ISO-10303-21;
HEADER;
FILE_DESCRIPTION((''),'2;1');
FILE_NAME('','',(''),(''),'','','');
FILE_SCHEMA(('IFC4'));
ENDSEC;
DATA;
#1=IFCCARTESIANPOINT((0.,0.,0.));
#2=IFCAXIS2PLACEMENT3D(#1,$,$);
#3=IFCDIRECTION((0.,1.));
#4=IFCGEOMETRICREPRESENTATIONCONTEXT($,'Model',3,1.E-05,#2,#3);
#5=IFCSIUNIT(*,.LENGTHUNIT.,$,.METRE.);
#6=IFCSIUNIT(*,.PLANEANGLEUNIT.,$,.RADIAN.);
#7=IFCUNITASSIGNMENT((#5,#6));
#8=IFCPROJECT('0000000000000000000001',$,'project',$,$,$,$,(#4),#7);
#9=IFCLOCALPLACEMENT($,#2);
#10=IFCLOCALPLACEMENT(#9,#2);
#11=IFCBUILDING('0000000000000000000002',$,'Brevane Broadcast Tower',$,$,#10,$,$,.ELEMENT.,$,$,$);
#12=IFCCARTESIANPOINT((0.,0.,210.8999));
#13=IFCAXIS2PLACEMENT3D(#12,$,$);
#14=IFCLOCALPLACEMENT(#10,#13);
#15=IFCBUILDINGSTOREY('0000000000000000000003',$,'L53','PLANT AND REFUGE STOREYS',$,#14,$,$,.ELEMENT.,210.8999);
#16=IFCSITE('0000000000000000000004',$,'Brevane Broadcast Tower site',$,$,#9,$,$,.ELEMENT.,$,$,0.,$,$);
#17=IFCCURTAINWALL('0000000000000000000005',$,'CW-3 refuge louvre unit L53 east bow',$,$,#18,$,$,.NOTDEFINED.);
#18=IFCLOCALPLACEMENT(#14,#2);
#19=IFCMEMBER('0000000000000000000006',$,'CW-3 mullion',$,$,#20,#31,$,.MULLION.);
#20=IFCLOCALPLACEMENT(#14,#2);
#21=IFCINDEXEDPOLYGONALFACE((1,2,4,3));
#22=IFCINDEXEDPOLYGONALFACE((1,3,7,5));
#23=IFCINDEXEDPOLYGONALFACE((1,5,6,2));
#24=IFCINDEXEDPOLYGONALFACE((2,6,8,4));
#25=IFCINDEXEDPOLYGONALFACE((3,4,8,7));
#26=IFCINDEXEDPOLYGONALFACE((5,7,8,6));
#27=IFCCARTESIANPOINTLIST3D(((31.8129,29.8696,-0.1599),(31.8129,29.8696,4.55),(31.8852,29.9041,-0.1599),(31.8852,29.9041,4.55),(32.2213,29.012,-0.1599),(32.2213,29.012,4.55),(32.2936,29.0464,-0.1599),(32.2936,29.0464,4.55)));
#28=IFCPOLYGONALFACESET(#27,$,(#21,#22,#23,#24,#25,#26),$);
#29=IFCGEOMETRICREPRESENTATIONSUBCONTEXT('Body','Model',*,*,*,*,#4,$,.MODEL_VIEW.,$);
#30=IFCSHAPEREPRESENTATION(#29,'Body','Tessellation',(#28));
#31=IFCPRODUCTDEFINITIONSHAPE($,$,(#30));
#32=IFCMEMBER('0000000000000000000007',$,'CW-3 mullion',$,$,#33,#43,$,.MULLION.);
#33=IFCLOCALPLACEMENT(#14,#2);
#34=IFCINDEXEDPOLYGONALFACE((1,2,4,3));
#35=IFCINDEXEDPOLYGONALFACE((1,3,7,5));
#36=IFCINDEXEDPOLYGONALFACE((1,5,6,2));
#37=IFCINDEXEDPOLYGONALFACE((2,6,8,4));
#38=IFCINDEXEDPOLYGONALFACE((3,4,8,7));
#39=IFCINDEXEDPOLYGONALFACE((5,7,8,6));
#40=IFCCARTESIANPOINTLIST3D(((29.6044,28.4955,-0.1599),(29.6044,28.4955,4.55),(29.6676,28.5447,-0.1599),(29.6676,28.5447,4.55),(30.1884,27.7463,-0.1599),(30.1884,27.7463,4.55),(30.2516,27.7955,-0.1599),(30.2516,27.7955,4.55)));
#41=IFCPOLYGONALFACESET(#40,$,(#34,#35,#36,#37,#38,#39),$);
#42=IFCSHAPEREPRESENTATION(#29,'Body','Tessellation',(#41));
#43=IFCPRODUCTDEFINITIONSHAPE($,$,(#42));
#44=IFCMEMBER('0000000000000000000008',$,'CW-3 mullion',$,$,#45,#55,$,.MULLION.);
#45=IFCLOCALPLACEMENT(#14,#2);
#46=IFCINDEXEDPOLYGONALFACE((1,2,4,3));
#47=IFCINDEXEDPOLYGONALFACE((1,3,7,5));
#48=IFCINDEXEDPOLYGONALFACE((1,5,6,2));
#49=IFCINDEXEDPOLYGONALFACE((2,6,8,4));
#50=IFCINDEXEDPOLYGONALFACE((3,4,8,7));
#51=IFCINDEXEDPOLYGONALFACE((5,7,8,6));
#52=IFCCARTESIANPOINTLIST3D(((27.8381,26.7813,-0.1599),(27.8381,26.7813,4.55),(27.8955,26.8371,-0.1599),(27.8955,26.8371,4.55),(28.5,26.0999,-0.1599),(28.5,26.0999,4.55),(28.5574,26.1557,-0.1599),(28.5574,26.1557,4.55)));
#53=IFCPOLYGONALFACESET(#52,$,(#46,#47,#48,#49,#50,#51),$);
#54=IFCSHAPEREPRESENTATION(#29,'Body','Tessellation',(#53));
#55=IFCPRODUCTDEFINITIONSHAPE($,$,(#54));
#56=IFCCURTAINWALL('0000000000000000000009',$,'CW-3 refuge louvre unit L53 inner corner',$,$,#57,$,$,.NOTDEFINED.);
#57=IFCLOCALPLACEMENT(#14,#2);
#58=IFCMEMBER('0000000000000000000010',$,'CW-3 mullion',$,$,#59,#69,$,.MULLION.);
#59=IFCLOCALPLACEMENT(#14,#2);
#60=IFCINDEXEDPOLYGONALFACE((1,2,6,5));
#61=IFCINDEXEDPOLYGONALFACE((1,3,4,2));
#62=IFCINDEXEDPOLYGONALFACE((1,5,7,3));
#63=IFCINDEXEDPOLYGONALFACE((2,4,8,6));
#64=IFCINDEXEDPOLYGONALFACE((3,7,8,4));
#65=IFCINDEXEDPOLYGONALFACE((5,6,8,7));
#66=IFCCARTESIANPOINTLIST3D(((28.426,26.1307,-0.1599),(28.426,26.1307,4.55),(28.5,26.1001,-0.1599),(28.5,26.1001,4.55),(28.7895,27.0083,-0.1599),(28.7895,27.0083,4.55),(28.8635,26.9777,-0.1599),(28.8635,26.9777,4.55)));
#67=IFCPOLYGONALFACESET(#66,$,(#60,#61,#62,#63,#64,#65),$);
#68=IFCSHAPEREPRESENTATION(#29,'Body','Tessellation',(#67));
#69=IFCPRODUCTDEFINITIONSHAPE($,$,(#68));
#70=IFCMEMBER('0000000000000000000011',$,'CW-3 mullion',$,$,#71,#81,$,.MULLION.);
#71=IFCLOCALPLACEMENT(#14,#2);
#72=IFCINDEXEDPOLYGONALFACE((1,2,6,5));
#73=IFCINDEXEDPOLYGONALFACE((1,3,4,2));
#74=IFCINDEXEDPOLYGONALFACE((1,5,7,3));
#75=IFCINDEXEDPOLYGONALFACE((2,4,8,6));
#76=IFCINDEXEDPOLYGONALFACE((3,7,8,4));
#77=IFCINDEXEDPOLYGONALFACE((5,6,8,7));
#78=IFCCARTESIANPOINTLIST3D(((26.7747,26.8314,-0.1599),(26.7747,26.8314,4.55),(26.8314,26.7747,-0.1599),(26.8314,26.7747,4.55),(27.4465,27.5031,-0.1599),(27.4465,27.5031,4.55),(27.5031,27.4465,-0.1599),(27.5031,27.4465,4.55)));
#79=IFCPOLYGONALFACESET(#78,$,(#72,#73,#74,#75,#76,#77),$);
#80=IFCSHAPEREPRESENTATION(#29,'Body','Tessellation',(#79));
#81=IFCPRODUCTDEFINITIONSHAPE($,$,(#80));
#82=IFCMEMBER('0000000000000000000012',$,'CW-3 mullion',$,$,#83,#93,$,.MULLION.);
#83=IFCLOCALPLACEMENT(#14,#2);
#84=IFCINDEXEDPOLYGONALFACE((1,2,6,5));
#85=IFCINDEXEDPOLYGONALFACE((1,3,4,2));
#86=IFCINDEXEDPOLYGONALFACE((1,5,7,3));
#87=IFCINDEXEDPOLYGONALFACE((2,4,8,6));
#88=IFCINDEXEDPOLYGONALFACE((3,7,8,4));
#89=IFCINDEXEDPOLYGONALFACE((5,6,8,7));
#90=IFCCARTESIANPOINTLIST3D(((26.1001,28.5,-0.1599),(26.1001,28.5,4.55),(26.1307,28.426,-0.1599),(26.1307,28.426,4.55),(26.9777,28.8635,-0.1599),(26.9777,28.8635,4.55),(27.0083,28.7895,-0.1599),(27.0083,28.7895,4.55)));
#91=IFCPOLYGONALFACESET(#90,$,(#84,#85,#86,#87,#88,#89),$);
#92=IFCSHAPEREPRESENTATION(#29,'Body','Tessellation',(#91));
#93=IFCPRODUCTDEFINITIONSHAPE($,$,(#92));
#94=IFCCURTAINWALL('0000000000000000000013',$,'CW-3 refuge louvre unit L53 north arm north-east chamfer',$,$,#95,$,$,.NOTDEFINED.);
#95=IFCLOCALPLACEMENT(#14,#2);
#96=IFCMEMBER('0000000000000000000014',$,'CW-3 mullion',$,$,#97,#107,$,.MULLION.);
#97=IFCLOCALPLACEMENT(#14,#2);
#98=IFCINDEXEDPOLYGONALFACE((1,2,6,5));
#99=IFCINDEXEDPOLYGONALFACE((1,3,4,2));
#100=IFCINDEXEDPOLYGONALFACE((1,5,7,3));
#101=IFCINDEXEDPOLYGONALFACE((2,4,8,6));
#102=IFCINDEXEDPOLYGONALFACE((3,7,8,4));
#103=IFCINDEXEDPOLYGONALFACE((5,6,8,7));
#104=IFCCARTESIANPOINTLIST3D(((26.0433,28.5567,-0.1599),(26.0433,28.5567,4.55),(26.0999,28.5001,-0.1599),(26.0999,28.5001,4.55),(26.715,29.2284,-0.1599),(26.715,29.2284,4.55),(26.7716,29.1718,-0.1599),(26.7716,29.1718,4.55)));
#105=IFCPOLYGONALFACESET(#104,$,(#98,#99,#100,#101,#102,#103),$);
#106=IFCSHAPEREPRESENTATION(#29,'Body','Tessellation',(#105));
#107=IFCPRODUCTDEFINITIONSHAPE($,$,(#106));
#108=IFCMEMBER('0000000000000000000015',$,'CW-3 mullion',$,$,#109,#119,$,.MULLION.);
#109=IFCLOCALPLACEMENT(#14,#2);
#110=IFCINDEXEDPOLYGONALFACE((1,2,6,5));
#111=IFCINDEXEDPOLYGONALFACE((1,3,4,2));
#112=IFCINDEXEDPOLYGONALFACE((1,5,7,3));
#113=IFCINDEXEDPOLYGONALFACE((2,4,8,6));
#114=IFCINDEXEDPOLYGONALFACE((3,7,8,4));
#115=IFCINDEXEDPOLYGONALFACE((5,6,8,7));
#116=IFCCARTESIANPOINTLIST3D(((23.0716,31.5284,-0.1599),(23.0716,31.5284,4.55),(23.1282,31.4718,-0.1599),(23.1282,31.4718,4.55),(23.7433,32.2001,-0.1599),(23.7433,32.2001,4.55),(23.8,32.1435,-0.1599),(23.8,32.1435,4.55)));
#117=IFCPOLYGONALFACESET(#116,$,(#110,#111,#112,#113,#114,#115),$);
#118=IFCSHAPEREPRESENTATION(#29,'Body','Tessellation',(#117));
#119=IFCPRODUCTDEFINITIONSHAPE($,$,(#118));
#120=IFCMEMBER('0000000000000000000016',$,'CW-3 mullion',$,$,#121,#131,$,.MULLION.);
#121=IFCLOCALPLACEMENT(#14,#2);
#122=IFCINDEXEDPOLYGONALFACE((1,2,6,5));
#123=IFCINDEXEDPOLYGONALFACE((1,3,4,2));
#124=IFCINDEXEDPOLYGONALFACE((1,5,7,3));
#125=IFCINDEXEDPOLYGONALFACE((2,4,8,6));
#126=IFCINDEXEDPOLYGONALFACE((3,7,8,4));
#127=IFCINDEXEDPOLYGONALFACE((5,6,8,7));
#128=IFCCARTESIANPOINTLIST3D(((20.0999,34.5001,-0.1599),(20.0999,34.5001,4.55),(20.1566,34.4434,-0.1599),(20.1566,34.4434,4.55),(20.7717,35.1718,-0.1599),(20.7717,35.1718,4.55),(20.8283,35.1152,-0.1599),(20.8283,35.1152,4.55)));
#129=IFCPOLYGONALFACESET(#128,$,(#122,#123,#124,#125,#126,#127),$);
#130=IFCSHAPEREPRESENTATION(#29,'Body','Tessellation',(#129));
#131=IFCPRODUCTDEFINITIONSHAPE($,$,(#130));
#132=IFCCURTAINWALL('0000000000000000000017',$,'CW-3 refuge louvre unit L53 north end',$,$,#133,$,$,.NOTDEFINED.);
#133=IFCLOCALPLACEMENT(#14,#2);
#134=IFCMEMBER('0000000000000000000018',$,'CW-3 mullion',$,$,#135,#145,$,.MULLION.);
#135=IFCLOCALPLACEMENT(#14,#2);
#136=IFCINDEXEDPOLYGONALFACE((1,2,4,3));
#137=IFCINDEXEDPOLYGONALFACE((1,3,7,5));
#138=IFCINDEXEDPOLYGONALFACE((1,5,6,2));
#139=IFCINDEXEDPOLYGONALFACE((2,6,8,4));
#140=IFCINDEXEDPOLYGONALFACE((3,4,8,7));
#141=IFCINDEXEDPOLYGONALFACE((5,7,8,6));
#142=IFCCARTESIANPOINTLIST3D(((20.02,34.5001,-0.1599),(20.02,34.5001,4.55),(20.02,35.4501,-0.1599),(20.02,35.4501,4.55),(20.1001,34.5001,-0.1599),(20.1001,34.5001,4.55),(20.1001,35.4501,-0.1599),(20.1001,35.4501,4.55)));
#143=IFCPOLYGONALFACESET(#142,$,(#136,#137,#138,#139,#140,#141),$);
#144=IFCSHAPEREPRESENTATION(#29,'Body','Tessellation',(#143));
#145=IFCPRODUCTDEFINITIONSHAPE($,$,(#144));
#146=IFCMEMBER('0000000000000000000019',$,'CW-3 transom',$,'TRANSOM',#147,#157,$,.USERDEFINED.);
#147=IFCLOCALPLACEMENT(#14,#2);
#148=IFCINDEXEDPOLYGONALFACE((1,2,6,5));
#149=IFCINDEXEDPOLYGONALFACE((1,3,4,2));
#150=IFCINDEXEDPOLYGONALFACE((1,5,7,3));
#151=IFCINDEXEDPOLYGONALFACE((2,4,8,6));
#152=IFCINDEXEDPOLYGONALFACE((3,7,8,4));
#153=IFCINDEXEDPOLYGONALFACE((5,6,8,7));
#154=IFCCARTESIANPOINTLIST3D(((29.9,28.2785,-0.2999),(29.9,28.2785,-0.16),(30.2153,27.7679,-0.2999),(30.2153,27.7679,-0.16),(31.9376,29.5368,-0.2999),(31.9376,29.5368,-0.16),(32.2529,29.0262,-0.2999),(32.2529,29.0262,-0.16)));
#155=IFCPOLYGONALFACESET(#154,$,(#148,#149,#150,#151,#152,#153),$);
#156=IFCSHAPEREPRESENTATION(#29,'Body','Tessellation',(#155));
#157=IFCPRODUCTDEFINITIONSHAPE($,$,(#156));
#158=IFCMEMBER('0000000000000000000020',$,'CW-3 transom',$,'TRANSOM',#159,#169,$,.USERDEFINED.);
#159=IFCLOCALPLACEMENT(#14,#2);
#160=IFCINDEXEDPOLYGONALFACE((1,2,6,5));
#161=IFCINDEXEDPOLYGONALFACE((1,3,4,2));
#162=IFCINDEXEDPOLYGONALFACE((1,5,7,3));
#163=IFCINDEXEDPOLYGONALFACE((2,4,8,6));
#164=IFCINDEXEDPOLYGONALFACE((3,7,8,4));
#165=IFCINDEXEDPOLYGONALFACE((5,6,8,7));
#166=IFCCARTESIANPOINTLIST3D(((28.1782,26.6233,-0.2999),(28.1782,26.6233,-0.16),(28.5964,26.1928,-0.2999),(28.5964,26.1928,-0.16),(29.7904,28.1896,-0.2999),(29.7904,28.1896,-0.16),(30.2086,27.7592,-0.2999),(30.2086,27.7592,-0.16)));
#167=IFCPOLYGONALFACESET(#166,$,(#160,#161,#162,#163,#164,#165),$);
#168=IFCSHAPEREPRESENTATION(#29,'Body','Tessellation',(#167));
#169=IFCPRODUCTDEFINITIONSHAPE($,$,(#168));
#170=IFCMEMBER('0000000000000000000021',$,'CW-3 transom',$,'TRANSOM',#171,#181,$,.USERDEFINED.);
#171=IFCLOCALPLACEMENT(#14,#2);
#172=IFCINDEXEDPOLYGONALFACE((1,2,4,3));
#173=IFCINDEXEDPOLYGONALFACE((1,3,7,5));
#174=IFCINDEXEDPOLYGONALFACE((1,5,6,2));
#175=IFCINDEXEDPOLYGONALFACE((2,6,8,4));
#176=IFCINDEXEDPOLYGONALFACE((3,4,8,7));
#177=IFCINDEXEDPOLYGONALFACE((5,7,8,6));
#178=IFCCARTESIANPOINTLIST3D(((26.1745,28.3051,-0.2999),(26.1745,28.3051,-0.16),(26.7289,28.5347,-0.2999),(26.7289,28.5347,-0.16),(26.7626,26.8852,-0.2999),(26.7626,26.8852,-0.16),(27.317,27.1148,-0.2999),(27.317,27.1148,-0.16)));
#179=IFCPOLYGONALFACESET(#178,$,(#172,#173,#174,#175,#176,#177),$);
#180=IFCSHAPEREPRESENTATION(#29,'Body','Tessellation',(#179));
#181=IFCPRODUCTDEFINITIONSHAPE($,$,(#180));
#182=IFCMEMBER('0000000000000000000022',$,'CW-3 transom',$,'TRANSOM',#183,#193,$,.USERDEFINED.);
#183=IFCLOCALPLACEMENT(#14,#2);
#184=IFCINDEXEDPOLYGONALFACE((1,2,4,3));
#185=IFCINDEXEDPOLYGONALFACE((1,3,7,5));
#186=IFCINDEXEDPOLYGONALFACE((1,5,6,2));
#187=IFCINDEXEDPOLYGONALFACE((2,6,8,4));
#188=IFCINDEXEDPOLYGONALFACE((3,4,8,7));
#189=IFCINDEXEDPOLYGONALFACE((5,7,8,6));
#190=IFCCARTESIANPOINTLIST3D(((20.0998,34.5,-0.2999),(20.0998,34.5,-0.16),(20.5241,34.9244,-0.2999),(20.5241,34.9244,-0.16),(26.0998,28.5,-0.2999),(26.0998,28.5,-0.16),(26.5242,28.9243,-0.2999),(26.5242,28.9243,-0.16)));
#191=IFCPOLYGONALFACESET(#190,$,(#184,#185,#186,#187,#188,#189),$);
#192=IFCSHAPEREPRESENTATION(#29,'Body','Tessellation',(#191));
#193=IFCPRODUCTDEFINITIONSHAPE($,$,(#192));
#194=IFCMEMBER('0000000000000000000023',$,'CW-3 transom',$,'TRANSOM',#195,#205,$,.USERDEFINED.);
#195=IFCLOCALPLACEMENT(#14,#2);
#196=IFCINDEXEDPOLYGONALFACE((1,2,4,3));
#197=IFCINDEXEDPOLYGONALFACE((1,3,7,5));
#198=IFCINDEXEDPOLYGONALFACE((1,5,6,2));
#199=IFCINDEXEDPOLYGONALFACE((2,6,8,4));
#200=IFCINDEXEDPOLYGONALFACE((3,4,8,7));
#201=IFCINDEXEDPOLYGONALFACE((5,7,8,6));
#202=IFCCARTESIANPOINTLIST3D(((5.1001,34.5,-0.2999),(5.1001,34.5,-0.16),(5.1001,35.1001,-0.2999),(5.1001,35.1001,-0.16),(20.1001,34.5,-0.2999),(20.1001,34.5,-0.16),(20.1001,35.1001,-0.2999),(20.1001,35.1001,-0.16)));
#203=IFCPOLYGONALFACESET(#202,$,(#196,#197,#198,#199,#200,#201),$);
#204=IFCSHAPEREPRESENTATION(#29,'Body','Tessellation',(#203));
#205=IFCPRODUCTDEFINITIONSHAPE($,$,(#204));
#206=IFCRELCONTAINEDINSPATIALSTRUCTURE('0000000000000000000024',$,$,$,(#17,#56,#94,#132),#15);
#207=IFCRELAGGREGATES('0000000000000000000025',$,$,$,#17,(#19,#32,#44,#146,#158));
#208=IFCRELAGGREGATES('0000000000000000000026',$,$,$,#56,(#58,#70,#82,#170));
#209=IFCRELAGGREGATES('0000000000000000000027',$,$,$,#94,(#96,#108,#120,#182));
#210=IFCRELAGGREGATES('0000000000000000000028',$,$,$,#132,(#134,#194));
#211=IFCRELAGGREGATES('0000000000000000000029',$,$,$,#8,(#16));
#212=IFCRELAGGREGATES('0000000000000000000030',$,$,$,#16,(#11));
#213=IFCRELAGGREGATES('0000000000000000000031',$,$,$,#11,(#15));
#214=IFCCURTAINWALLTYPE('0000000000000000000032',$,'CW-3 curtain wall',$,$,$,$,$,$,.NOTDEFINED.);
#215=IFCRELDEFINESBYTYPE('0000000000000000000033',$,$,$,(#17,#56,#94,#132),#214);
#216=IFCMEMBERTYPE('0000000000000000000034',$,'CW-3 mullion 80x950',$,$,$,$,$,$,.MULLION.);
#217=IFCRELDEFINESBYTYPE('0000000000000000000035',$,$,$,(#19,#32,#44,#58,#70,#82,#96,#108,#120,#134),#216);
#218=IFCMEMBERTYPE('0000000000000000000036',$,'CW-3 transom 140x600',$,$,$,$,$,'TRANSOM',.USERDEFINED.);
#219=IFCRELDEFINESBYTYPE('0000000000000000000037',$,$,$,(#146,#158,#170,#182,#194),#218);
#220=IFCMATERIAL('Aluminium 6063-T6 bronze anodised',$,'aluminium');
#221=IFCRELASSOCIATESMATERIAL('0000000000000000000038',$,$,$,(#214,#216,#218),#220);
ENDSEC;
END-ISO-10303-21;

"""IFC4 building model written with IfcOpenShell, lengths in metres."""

from ifc_helpers import new_model, si_unit, direction, frame, origin, origin_2d, place, context, subcontext, project, spatial, rectangle, extrude, material, material_profile, profile_set, type_object, element, aggregate, save


model = new_model("IFC4")

# Units and contexts
model_context = context("Model", 3, precision=1e-05, world=origin(), true_north=direction((0.0, 1.0)))
body_context = subcontext(model_context, "Body", "Model", "MODEL_VIEW")
ifc_project = project(units=[si_unit("LENGTHUNIT", "METRE"), si_unit("PLANEANGLEUNIT", "RADIAN")], contexts=[model_context])

# Site, building, storey
site_placement = place(None, origin())
site = spatial("IfcSite", under=ifc_project, at=site_placement, Name="Brevane Broadcast Tower site", CompositionType="ELEMENT", RefElevation=0.0)
building_placement = place(site_placement, origin())
building = spatial("IfcBuilding", under=site, at=building_placement, Name="Brevane Broadcast Tower", CompositionType="ELEMENT")
storey_placement = place(building_placement, frame((0.0, 0.0, 210.8999)))
storey = spatial("IfcBuildingStorey", under=building, at=storey_placement, Name="L53", Description="PLANT AND REFUGE STOREYS", CompositionType="ELEMENT", Elevation=210.8999)

# Curtain walls, members
ifc_material_1 = material(Name="Aluminium 6063-T6 bronze anodised", Category="aluminium")
curtain_wall_type = type_object("IfcCurtainWallType", Name="CW-3 curtain wall", PredefinedType="NOTDEFINED", material=ifc_material_1)
curtain_wall_1_placement = place(storey_placement, origin())
curtain_wall_1 = element("IfcCurtainWall", 1, at=curtain_wall_1_placement, inside=storey, type_object=curtain_wall_type, Name="CW-3 refuge louvre unit L53 east bow", PredefinedType="NOTDEFINED")
ifc_material_profile_1 = material_profile(ifc_material_1, rectangle(XDim=0.95, YDim=0.0801, at=origin_2d()), Name="RECT 80x950")
ifc_profile_set_1 = profile_set([ifc_material_profile_1], Name="Aluminium 6063-T6 bronze anodised")
member_type_1 = type_object("IfcMemberType", Name="CW-3 mullion 80x950", PredefinedType="MULLION", material=ifc_profile_set_1)
member_1_placement = place(storey_placement, frame((32.0532, 29.458, -0.1599), z_axis=(0.0, 0.0, 1.0), x_axis=(0.429934, -0.902861, 0.0)))
member_1 = element("IfcMember", 2, at=member_1_placement, type_object=member_type_1, Name="CW-3 mullion", PredefinedType="MULLION", context=body_context, shape_type="SweptSolid", body=[
    extrude(rectangle(XDim=0.95, YDim=0.0801, at=origin_2d()), origin(), (0.0, 0.0, 1.0), 4.71),
])
member_2_placement = place(storey_placement, frame((29.928, 28.1455, -0.1599), z_axis=(0.0, 0.0, 1.0), x_axis=(0.61477, -0.788707, 0.0)))
member_2 = element("IfcMember", 3, at=member_2_placement, type_object=member_type_1, Name="CW-3 mullion", PredefinedType="MULLION", context=body_context, shape_type="SweptSolid", body=[
    extrude(rectangle(XDim=0.95, YDim=0.0801, at=origin_2d()), origin(), (0.0, 0.0, 1.0), 4.71),
])
member_3_placement = place(storey_placement, frame((28.1978, 26.4685, -0.1599), z_axis=(0.0, 0.0, 1.0), x_axis=(0.696812, -0.717254, 0.0)))
member_3 = element("IfcMember", 4, at=member_3_placement, type_object=member_type_1, Name="CW-3 mullion", PredefinedType="MULLION", context=body_context, shape_type="SweptSolid", body=[
    extrude(rectangle(XDim=0.95, YDim=0.0801, at=origin_2d()), origin(), (0.0, 0.0, 1.0), 4.71),
])
curtain_wall_2_placement = place(storey_placement, origin())
curtain_wall_2 = element("IfcCurtainWall", 5, at=curtain_wall_2_placement, inside=storey, type_object=curtain_wall_type, Name="CW-3 refuge louvre unit L53 inner corner", PredefinedType="NOTDEFINED")
member_4_placement = place(storey_placement, frame((28.6448, 26.5542, -0.1599), z_axis=(0.0, 0.0, 1.0), x_axis=(-0.382683, -0.92388, 0.0)))
member_4 = element("IfcMember", 6, at=member_4_placement, type_object=member_type_1, Name="CW-3 mullion", PredefinedType="MULLION", context=body_context, shape_type="SweptSolid", body=[
    extrude(rectangle(XDim=0.95, YDim=0.0801, at=origin_2d()), origin(), (0.0, 0.0, 1.0), 4.71),
])
member_5_placement = place(storey_placement, frame((27.1389, 27.1389, -0.1599), z_axis=(0.0, 0.0, 1.0), x_axis=(-0.707107, -0.707107, 0.0)))
member_5 = element("IfcMember", 7, at=member_5_placement, type_object=member_type_1, Name="CW-3 mullion", PredefinedType="MULLION", context=body_context, shape_type="SweptSolid", body=[
    extrude(rectangle(XDim=0.95, YDim=0.0801, at=origin_2d()), origin(), (0.0, 0.0, 1.0), 4.71),
])
member_6_placement = place(storey_placement, frame((26.5542, 28.6448, -0.1599), z_axis=(0.0, 0.0, 1.0), x_axis=(-0.92388, -0.382683, 0.0)))
member_6 = element("IfcMember", 8, at=member_6_placement, type_object=member_type_1, Name="CW-3 mullion", PredefinedType="MULLION", context=body_context, shape_type="SweptSolid", body=[
    extrude(rectangle(XDim=0.95, YDim=0.0801, at=origin_2d()), origin(), (0.0, 0.0, 1.0), 4.71),
])
curtain_wall_3_placement = place(storey_placement, origin())
curtain_wall_3 = element("IfcCurtainWall", 9, at=curtain_wall_3_placement, inside=storey, type_object=curtain_wall_type, Name="CW-3 refuge louvre unit L53 north arm north-east chamfer", PredefinedType="NOTDEFINED")
member_7_placement = place(storey_placement, frame((26.4075, 28.8643, -0.1599), z_axis=(0.0, 0.0, 1.0), x_axis=(-0.707107, -0.707107, 0.0)))
member_7 = element("IfcMember", 10, at=member_7_placement, type_object=member_type_1, Name="CW-3 mullion", PredefinedType="MULLION", context=body_context, shape_type="SweptSolid", body=[
    extrude(rectangle(XDim=0.95, YDim=0.0801, at=origin_2d()), origin(), (0.0, 0.0, 1.0), 4.71),
])
member_8_placement = place(storey_placement, frame((23.4358, 31.8359, -0.1599), z_axis=(0.0, 0.0, 1.0), x_axis=(-0.707107, -0.707107, 0.0)))
member_8 = element("IfcMember", 11, at=member_8_placement, type_object=member_type_1, Name="CW-3 mullion", PredefinedType="MULLION", context=body_context, shape_type="SweptSolid", body=[
    extrude(rectangle(XDim=0.95, YDim=0.0801, at=origin_2d()), origin(), (0.0, 0.0, 1.0), 4.71),
])
member_9_placement = place(storey_placement, frame((20.4641, 34.8076, -0.1599), z_axis=(0.0, 0.0, 1.0), x_axis=(-0.707107, -0.707107, 0.0)))
member_9 = element("IfcMember", 12, at=member_9_placement, type_object=member_type_1, Name="CW-3 mullion", PredefinedType="MULLION", context=body_context, shape_type="SweptSolid", body=[
    extrude(rectangle(XDim=0.95, YDim=0.0801, at=origin_2d()), origin(), (0.0, 0.0, 1.0), 4.71),
])

# Curtain wall, member
curtain_wall_4_placement = place(storey_placement, origin())
curtain_wall_4 = element("IfcCurtainWall", 13, at=curtain_wall_4_placement, inside=storey, type_object=curtain_wall_type, Name="CW-3 refuge louvre unit L53 north end", PredefinedType="NOTDEFINED")
member_10_placement = place(storey_placement, frame((20.0601, 34.9751, -0.1599), z_axis=(0.0, 0.0, 1.0), x_axis=(0.0, -1.0, 0.0)))
member_10 = element("IfcMember", 14, at=member_10_placement, type_object=member_type_1, Name="CW-3 mullion", PredefinedType="MULLION", context=body_context, shape_type="SweptSolid", body=[
    extrude(rectangle(XDim=0.95, YDim=0.0801, at=origin_2d()), origin(), (0.0, 0.0, 1.0), 4.71),
])

# Members
ifc_material_profile_2 = material_profile(ifc_material_1, rectangle(XDim=0.6001, YDim=0.1399, at=origin_2d()), Name="RECT 140x600")
ifc_profile_set_2 = profile_set([ifc_material_profile_2], Name="Aluminium 6063-T6 bronze anodised")
member_type_2 = type_object("IfcMemberType", Name="CW-3 transom 140x600", ElementType="TRANSOM", PredefinedType="USERDEFINED", material=ifc_profile_set_2)
member_11_placement = place(storey_placement, frame((32.0952, 29.2815, -0.23), z_axis=(-0.850838, -0.525428, 0.0), x_axis=(0.525428, -0.850838, 0.0)))
member_11 = element("IfcMember", 15, at=member_11_placement, type_object=member_type_2, Name="CW-3 transom", ObjectType="TRANSOM", PredefinedType="USERDEFINED", context=body_context, shape_type="SweptSolid", body=[
    extrude(rectangle(XDim=0.6001, YDim=0.1399, at=origin_2d()), origin(), (0.0, 0.0, 1.0), 2.3948),
])
member_12_placement = place(storey_placement, frame((29.9995, 27.9744, -0.23), z_axis=(-0.717242, -0.696824, 0.0), x_axis=(0.696824, -0.717242, 0.0)))
member_12 = element("IfcMember", 16, at=member_12_placement, type_object=member_type_2, Name="CW-3 transom", ObjectType="TRANSOM", PredefinedType="USERDEFINED", context=body_context, shape_type="SweptSolid", body=[
    extrude(rectangle(XDim=0.6001, YDim=0.1399, at=origin_2d()), origin(), (0.0, 0.0, 1.0), 2.2478),
])
aggregate(curtain_wall_1, [member_1, member_2, member_3, member_11, member_12])
member_13_placement = place(storey_placement, frame((27.0398, 27.0, -0.23), z_axis=(-0.382674, 0.923883, 0.0), x_axis=(-0.923883, -0.382674, 0.0)))
member_13 = element("IfcMember", 17, at=member_13_placement, type_object=member_type_2, Name="CW-3 transom", ObjectType="TRANSOM", PredefinedType="USERDEFINED", context=body_context, shape_type="SweptSolid", body=[
    extrude(rectangle(XDim=0.6001, YDim=0.1399, at=origin_2d()), origin(), (0.0, 0.0, 1.0), 1.5369),
])
aggregate(curtain_wall_2, [member_4, member_5, member_6, member_13])
member_14_placement = place(storey_placement, frame((26.312, 28.7122, -0.23), z_axis=(-0.707107, 0.707107, 0.0), x_axis=(-0.707107, -0.707107, 0.0)))
member_14 = element("IfcMember", 18, at=member_14_placement, type_object=member_type_2, Name="CW-3 transom", ObjectType="TRANSOM", PredefinedType="USERDEFINED", context=body_context, shape_type="SweptSolid", body=[
    extrude(rectangle(XDim=0.6001, YDim=0.1399, at=origin_2d()), origin(), (0.0, 0.0, 1.0), 8.4854),
])
aggregate(curtain_wall_3, [member_7, member_8, member_9, member_14])
member_15_placement = place(storey_placement, frame((20.1001, 34.8, -0.23), z_axis=(-1.0, 0.0, 0.0), x_axis=(0.0, -1.0, 0.0)))
member_15 = element("IfcMember", 19, at=member_15_placement, type_object=member_type_2, Name="CW-3 transom", ObjectType="TRANSOM", PredefinedType="USERDEFINED", context=body_context, shape_type="SweptSolid", body=[
    extrude(rectangle(XDim=0.6001, YDim=0.1399, at=origin_2d()), origin(), (0.0, 0.0, 1.0), 15.0),
])
aggregate(curtain_wall_4, [member_10, member_15])

save(model, "model.ifc")
